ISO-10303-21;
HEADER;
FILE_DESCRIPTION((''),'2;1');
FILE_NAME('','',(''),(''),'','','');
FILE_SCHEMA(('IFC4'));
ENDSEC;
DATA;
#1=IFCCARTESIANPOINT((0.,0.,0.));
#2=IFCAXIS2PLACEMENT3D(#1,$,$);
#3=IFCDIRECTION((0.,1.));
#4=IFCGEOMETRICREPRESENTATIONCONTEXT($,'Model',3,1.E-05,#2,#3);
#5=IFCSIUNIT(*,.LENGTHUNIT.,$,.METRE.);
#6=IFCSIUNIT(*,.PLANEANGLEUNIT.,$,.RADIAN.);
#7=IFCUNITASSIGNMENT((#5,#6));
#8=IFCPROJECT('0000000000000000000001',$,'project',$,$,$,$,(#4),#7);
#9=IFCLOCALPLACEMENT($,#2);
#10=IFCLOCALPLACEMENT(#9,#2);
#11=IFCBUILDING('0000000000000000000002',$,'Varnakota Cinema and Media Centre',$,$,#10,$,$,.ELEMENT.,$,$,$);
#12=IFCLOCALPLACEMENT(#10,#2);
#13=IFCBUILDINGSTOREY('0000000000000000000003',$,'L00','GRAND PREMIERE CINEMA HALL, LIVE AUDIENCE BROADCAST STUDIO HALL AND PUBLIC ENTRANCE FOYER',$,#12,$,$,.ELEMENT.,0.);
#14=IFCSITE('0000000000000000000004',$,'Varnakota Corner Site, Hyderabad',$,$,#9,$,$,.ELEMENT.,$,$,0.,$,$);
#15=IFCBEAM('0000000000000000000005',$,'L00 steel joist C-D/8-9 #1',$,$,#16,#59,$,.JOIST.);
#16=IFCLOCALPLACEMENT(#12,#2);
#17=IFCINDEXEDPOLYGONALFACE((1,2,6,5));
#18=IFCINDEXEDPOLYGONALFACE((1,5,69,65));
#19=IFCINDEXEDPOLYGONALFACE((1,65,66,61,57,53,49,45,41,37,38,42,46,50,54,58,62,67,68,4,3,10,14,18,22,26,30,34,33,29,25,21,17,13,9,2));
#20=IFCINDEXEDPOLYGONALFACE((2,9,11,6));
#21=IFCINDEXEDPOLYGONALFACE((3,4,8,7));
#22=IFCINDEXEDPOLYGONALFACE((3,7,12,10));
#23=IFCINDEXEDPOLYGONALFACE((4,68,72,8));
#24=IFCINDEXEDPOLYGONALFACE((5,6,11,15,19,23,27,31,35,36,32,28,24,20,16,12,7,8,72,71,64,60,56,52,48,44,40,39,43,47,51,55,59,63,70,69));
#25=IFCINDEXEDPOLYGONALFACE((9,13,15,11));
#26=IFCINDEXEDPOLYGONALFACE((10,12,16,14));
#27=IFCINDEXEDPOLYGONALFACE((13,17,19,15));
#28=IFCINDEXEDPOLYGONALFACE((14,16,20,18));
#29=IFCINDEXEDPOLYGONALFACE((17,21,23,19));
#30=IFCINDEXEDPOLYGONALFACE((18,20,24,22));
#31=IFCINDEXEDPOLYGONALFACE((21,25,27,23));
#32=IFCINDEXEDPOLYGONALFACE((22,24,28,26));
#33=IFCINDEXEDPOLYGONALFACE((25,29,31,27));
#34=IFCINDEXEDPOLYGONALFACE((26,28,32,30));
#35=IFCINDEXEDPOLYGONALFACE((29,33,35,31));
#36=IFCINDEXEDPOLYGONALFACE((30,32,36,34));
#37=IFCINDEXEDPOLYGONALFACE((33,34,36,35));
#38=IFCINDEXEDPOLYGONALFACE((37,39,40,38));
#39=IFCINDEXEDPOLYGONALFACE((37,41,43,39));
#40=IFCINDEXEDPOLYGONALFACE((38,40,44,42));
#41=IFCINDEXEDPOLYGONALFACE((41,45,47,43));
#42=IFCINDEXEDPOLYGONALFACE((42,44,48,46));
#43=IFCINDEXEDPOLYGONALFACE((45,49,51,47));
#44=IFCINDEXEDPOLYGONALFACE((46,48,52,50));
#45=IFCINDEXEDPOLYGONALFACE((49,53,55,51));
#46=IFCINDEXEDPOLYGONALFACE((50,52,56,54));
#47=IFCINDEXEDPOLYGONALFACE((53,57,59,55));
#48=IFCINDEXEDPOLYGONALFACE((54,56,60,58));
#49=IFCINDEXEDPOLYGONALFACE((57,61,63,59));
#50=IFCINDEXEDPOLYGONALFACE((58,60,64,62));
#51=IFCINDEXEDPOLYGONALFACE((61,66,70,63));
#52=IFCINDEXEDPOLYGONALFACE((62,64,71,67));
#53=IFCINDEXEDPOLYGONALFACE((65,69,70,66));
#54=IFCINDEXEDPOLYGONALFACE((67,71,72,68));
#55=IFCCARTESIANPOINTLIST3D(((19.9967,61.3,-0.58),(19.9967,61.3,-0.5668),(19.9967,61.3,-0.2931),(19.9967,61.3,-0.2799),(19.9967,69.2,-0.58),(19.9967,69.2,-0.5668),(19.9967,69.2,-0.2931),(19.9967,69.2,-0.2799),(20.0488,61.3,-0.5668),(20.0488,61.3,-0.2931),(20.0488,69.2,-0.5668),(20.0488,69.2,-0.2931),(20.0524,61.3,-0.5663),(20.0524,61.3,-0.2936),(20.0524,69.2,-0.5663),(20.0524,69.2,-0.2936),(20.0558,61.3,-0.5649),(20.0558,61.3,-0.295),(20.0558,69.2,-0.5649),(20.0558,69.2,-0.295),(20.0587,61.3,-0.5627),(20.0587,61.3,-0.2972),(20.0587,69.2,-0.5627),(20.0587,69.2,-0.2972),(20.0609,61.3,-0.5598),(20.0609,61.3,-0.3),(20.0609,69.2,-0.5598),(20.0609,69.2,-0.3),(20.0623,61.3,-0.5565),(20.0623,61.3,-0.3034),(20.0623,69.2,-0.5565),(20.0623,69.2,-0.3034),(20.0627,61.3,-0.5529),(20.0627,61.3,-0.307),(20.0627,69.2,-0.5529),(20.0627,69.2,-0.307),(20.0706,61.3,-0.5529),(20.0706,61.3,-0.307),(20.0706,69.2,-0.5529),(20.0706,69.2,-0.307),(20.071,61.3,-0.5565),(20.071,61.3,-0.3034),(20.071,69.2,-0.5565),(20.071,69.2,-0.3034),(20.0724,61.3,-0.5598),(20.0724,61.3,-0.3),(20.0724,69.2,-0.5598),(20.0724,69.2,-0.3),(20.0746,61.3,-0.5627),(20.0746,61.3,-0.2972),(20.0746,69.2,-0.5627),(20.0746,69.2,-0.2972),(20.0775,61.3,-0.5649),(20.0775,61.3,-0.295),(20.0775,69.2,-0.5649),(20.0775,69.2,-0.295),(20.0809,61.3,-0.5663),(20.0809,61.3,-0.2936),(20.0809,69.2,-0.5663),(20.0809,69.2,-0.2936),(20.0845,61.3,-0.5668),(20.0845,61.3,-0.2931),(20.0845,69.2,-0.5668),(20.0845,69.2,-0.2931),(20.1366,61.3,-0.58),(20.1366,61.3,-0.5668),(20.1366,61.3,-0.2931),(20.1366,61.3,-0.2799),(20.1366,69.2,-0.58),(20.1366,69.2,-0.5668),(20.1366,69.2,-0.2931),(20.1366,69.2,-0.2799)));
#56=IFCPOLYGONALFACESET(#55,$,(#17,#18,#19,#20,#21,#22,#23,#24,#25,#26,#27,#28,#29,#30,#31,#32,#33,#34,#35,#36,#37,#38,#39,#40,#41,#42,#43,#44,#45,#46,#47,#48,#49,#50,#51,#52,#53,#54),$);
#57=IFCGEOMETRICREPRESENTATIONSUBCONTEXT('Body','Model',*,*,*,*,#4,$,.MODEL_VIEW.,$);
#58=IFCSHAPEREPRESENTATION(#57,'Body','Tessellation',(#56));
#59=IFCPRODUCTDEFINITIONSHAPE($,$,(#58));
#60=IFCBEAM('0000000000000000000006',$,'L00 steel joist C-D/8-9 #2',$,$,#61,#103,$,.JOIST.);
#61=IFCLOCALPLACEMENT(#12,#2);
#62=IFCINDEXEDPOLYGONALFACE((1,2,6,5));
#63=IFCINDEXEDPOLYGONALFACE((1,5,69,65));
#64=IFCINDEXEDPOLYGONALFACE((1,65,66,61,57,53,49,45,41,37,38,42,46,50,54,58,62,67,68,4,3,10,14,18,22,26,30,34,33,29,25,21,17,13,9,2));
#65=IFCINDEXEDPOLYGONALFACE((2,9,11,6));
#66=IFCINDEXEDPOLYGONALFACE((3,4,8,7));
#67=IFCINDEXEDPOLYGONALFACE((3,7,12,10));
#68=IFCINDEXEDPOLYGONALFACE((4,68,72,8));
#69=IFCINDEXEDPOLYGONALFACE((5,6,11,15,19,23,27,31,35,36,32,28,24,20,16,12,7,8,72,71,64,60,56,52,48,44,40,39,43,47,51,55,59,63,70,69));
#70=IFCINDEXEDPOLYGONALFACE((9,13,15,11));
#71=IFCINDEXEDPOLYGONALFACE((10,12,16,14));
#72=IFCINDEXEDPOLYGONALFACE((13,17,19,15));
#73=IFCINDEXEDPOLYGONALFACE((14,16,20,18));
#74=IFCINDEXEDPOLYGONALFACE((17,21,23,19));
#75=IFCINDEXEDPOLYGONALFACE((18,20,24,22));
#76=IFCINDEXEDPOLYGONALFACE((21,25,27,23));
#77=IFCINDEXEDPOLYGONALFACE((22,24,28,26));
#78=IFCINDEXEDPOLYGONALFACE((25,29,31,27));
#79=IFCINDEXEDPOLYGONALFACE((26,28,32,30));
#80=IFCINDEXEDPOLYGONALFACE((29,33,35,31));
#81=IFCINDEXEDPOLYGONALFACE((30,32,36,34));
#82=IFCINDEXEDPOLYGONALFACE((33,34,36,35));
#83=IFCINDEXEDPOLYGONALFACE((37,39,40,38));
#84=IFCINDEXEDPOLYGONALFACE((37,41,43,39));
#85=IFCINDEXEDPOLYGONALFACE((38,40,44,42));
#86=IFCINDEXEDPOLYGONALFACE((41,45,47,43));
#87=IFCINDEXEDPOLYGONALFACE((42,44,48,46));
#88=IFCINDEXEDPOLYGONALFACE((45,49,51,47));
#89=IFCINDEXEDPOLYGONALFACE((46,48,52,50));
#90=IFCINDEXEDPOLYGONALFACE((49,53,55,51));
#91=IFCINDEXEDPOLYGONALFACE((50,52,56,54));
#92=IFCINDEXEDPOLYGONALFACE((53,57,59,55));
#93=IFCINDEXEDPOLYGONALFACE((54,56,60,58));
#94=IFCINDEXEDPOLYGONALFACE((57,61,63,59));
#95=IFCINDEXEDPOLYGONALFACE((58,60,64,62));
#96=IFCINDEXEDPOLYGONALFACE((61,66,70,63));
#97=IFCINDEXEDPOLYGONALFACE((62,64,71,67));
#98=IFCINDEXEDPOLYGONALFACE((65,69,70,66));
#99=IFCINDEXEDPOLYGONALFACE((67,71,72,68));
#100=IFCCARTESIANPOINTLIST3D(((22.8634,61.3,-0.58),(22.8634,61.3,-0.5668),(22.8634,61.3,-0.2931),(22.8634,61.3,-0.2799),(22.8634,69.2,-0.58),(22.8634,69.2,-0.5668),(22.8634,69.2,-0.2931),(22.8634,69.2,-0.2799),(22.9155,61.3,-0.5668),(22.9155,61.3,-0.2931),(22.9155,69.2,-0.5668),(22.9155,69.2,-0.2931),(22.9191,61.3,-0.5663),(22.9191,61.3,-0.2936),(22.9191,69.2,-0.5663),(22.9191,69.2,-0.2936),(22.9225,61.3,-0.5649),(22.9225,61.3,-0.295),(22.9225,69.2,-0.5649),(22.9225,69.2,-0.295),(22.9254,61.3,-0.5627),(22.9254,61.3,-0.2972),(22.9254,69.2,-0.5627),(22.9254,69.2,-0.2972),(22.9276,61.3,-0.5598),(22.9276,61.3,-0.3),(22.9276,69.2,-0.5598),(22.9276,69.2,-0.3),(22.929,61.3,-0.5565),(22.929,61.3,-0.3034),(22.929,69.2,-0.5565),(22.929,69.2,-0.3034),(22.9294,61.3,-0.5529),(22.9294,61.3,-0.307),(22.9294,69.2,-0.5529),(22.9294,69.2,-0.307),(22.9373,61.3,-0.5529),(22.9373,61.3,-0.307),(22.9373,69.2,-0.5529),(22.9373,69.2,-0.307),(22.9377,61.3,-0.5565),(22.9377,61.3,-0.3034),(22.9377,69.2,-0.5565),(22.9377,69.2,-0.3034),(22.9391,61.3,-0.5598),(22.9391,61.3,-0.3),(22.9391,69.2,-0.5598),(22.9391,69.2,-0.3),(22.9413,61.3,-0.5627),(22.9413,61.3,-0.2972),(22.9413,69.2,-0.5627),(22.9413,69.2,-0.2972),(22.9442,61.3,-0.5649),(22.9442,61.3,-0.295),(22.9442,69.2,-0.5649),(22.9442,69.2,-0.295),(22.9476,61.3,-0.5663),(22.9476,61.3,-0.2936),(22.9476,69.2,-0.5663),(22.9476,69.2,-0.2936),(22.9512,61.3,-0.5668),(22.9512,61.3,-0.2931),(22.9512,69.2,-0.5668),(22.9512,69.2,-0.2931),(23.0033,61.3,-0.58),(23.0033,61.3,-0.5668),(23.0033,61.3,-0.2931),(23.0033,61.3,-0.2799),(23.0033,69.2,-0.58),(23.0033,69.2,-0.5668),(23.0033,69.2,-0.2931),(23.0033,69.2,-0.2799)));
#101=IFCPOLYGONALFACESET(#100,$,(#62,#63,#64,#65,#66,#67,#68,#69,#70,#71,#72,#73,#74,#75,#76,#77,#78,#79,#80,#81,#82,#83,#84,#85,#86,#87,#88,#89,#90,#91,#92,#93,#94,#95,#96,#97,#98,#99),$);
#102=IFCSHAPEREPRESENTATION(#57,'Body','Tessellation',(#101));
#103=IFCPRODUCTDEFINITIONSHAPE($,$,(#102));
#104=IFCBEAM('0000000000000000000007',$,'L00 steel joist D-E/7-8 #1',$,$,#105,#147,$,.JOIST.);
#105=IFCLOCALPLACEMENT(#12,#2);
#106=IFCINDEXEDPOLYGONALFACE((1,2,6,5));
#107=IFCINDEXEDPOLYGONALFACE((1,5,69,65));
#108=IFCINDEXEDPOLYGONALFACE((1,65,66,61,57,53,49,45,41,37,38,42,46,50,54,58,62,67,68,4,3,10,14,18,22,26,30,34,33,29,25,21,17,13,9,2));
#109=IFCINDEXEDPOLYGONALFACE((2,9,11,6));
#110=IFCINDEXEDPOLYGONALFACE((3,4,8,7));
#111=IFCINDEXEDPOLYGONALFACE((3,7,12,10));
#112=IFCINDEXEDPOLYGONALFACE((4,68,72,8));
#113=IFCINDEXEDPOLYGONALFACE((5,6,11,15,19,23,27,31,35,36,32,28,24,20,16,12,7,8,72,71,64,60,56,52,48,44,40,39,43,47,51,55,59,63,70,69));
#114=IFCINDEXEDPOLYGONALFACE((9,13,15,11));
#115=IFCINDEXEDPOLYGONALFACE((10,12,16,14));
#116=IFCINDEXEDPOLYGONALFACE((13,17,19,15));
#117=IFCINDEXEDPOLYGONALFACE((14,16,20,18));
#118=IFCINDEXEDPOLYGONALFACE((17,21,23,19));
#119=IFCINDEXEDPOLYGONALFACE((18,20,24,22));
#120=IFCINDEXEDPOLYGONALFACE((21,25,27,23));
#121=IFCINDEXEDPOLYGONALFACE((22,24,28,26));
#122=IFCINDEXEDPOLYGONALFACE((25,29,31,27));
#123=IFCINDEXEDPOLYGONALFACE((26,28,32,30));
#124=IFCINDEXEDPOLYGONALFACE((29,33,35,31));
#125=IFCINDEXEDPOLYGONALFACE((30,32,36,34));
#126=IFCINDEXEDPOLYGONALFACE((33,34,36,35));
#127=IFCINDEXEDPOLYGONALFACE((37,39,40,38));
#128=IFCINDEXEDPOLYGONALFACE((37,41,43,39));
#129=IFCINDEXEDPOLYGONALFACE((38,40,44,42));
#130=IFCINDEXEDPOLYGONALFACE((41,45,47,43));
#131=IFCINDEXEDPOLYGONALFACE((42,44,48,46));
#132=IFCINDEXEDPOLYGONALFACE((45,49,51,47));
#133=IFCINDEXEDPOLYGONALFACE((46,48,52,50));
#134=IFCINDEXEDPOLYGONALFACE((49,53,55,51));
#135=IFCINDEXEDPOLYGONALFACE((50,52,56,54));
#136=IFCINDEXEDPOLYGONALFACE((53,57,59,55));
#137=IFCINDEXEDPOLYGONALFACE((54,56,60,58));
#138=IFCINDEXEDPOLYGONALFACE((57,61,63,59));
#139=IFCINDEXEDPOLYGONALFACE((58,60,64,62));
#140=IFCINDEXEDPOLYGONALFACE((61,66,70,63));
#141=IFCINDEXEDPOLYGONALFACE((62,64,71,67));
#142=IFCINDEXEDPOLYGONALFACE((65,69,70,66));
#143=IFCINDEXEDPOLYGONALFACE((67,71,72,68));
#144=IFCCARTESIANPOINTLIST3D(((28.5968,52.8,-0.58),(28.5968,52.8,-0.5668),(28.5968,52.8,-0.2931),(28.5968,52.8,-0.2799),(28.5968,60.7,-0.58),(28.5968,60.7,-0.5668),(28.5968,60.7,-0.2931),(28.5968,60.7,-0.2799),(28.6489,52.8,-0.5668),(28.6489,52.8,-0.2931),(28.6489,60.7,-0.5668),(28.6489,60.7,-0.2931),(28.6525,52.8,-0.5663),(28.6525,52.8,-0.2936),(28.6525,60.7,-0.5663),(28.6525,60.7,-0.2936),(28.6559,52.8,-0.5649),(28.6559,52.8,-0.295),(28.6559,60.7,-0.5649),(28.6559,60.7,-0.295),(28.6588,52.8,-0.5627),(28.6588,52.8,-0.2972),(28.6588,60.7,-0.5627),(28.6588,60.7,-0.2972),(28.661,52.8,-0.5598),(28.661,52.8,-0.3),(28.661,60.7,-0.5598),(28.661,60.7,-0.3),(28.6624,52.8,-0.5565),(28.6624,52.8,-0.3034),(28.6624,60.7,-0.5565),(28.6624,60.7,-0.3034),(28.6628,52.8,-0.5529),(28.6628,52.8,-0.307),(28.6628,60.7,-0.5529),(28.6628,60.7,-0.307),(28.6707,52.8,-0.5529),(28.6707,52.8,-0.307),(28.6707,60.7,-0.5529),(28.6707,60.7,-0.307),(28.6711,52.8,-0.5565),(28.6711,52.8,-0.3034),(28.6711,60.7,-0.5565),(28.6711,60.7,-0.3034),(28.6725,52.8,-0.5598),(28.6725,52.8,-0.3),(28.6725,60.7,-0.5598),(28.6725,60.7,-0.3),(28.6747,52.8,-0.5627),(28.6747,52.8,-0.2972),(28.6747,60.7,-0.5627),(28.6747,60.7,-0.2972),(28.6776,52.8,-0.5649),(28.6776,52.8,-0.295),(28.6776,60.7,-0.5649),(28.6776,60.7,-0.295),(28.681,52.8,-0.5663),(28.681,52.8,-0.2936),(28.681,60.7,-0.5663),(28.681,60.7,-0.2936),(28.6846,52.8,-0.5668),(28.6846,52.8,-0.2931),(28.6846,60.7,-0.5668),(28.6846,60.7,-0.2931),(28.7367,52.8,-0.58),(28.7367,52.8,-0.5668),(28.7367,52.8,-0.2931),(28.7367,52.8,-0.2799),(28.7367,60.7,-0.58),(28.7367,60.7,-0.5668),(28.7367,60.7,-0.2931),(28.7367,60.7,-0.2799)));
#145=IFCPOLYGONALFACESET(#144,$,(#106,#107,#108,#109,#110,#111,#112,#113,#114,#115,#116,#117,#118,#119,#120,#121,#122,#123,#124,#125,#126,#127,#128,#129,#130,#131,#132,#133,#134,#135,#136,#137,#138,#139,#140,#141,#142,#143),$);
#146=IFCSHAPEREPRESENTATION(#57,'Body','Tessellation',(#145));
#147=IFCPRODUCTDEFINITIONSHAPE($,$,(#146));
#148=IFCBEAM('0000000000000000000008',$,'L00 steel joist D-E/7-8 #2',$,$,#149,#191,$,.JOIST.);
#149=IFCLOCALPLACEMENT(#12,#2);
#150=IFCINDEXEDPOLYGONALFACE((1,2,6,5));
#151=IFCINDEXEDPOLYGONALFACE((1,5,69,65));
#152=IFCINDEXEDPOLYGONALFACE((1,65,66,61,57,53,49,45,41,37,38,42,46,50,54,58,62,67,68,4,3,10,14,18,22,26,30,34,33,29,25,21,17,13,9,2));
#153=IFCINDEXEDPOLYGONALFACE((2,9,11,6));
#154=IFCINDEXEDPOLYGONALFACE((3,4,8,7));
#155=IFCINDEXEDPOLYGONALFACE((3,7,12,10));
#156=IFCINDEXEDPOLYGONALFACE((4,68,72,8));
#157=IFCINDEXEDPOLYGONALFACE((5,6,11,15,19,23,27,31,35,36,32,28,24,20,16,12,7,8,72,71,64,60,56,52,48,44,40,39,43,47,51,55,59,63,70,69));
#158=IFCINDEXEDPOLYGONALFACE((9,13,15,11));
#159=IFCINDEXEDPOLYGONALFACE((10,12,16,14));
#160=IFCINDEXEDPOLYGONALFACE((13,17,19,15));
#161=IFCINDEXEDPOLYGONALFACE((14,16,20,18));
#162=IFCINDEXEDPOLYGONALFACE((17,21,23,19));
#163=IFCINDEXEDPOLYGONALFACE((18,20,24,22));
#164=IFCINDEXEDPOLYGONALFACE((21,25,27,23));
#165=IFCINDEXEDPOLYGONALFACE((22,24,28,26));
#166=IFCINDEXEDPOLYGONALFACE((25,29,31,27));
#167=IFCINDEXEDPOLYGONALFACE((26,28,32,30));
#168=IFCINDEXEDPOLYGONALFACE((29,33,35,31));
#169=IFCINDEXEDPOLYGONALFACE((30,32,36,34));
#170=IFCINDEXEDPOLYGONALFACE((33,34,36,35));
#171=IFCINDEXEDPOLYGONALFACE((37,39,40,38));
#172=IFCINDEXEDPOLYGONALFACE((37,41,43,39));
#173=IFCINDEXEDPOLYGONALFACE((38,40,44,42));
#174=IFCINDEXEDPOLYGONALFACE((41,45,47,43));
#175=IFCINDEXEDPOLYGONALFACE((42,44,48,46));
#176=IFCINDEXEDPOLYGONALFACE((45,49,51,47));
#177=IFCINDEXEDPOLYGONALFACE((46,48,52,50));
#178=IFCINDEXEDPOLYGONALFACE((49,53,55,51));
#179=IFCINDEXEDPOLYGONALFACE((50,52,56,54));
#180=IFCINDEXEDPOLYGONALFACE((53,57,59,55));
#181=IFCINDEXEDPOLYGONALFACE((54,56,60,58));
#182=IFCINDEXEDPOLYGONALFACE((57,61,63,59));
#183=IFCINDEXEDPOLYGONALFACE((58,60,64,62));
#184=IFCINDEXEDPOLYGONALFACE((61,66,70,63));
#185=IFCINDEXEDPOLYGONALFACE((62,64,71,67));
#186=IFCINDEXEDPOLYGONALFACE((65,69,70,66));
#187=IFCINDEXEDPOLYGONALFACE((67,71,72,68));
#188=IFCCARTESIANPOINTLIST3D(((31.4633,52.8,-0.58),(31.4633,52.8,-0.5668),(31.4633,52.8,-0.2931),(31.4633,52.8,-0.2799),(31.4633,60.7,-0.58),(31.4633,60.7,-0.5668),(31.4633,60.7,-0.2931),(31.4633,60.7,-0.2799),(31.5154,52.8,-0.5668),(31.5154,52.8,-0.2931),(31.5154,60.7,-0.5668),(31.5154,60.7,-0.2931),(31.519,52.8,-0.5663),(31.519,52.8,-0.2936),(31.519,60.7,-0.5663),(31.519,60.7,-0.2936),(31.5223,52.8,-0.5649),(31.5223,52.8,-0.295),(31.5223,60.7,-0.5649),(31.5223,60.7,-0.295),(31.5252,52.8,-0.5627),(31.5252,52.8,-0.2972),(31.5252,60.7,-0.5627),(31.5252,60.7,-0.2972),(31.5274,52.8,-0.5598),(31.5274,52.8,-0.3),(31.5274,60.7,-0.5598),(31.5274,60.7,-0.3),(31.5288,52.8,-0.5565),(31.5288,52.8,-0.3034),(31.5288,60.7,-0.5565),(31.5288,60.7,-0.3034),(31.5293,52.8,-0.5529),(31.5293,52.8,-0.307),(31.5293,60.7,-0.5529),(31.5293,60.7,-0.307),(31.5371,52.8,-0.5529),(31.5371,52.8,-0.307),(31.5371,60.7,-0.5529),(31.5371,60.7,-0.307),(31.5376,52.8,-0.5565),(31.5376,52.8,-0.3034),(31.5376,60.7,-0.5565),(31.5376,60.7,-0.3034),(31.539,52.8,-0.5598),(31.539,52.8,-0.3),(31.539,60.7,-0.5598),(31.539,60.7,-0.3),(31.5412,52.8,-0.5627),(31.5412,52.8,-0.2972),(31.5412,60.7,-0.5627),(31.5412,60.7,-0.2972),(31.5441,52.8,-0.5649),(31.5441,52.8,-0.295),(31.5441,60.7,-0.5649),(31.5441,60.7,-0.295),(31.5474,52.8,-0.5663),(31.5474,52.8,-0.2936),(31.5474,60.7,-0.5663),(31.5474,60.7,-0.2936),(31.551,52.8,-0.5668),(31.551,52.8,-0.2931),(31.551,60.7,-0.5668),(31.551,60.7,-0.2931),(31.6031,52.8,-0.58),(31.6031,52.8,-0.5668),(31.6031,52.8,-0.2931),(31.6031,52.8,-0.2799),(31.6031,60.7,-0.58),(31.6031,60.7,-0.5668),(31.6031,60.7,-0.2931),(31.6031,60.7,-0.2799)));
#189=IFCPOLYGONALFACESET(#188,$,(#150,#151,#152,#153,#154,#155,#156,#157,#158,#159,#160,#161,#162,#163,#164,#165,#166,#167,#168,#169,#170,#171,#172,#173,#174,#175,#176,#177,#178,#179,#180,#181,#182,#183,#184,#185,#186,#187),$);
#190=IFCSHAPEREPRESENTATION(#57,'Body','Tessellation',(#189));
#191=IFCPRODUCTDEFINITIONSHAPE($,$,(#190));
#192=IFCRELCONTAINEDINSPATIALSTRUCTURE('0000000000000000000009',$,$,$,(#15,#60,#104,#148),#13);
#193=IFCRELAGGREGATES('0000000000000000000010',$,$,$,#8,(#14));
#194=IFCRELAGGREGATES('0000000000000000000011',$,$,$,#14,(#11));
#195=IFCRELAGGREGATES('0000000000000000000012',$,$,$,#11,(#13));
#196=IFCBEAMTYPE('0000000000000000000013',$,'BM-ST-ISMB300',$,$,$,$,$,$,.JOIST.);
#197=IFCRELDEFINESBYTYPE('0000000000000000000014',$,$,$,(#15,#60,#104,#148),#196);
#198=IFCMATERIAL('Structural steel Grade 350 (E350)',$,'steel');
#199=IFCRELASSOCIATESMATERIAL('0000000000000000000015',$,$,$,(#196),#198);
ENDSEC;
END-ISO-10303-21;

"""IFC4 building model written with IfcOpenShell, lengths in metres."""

from ifc_helpers import new_model, si_unit, direction, frame, origin, origin_2d, place, context, subcontext, project, spatial, i_section, extrude, material, material_profile, profile_set, type_object, element, save


model = new_model("IFC4")

# Units and contexts
model_context = context("Model", 3, precision=1e-05, world=origin(), true_north=direction((0.0, 1.0)))
body_context = subcontext(model_context, "Body", "Model", "MODEL_VIEW")
ifc_project = project(units=[si_unit("LENGTHUNIT", "METRE"), si_unit("PLANEANGLEUNIT", "RADIAN")], contexts=[model_context])

# Site, building, storey
site_placement = place(None, origin())
site = spatial("IfcSite", under=ifc_project, at=site_placement, Name="Varnakota Corner Site, Hyderabad", CompositionType="ELEMENT", RefElevation=0.0)
building_placement = place(site_placement, origin())
building = spatial("IfcBuilding", under=site, at=building_placement, Name="Varnakota Cinema and Media Centre", CompositionType="ELEMENT")
storey_placement = place(building_placement, origin())
storey = spatial("IfcBuildingStorey", under=building, at=storey_placement, Name="L00", Description="GRAND PREMIERE CINEMA HALL, LIVE AUDIENCE BROADCAST STUDIO HALL AND PUBLIC ENTRANCE FOYER", CompositionType="ELEMENT", Elevation=0.0)

# Beams
ifc_material_1 = material(Name="Structural steel Grade 350 (E350)", Category="steel")
ifc_material_profile_1 = material_profile(ifc_material_1, i_section(OverallWidth=0.1399, OverallDepth=0.3, WebThickness=0.0078, FlangeThickness=0.0132, FilletRadius=0.0139, at=origin_2d()), Name="ISMB 300")
ifc_profile_set_1 = profile_set([ifc_material_profile_1], Name="Structural steel Grade 350 (E350)")
beam_type_1 = type_object("IfcBeamType", Name="BM-ST-ISMB300", PredefinedType="JOIST", material=ifc_profile_set_1)
for number, where, z_axis, x_axis, name in (
    (1, (20.0667, 61.3, -0.4299), (0.0, 1.0, 0.0), (-1.0, 0.0, 0.0), "L00 steel joist C-D/8-9 #1"),
    (2, (22.9333, 61.3, -0.4299), (0.0, 1.0, 0.0), (-1.0, 0.0, 0.0), "L00 steel joist C-D/8-9 #2"),
    (3, (28.6667, 52.8, -0.4299), (0.0, 1.0, 0.0), (-1.0, 0.0, 0.0), "L00 steel joist D-E/7-8 #1"),
    (4, (31.5332, 52.8, -0.4299), (0.0, 1.0, 0.0), (-1.0, 0.0, 0.0), "L00 steel joist D-E/7-8 #2"),
):
    element("IfcBeam", number, at=place(storey_placement, frame(where, z_axis=z_axis, x_axis=x_axis)), inside=storey, type_object=beam_type_1, Name=name, PredefinedType="JOIST", context=body_context, shape_type="SweptSolid", body=[
        extrude(i_section(OverallWidth=0.1399, OverallDepth=0.3, WebThickness=0.0078, FlangeThickness=0.0132, FilletRadius=0.0139, at=origin_2d()), origin(), (0.0, 0.0, 1.0), 7.8999),
    ])

save(model, "model.ifc")
